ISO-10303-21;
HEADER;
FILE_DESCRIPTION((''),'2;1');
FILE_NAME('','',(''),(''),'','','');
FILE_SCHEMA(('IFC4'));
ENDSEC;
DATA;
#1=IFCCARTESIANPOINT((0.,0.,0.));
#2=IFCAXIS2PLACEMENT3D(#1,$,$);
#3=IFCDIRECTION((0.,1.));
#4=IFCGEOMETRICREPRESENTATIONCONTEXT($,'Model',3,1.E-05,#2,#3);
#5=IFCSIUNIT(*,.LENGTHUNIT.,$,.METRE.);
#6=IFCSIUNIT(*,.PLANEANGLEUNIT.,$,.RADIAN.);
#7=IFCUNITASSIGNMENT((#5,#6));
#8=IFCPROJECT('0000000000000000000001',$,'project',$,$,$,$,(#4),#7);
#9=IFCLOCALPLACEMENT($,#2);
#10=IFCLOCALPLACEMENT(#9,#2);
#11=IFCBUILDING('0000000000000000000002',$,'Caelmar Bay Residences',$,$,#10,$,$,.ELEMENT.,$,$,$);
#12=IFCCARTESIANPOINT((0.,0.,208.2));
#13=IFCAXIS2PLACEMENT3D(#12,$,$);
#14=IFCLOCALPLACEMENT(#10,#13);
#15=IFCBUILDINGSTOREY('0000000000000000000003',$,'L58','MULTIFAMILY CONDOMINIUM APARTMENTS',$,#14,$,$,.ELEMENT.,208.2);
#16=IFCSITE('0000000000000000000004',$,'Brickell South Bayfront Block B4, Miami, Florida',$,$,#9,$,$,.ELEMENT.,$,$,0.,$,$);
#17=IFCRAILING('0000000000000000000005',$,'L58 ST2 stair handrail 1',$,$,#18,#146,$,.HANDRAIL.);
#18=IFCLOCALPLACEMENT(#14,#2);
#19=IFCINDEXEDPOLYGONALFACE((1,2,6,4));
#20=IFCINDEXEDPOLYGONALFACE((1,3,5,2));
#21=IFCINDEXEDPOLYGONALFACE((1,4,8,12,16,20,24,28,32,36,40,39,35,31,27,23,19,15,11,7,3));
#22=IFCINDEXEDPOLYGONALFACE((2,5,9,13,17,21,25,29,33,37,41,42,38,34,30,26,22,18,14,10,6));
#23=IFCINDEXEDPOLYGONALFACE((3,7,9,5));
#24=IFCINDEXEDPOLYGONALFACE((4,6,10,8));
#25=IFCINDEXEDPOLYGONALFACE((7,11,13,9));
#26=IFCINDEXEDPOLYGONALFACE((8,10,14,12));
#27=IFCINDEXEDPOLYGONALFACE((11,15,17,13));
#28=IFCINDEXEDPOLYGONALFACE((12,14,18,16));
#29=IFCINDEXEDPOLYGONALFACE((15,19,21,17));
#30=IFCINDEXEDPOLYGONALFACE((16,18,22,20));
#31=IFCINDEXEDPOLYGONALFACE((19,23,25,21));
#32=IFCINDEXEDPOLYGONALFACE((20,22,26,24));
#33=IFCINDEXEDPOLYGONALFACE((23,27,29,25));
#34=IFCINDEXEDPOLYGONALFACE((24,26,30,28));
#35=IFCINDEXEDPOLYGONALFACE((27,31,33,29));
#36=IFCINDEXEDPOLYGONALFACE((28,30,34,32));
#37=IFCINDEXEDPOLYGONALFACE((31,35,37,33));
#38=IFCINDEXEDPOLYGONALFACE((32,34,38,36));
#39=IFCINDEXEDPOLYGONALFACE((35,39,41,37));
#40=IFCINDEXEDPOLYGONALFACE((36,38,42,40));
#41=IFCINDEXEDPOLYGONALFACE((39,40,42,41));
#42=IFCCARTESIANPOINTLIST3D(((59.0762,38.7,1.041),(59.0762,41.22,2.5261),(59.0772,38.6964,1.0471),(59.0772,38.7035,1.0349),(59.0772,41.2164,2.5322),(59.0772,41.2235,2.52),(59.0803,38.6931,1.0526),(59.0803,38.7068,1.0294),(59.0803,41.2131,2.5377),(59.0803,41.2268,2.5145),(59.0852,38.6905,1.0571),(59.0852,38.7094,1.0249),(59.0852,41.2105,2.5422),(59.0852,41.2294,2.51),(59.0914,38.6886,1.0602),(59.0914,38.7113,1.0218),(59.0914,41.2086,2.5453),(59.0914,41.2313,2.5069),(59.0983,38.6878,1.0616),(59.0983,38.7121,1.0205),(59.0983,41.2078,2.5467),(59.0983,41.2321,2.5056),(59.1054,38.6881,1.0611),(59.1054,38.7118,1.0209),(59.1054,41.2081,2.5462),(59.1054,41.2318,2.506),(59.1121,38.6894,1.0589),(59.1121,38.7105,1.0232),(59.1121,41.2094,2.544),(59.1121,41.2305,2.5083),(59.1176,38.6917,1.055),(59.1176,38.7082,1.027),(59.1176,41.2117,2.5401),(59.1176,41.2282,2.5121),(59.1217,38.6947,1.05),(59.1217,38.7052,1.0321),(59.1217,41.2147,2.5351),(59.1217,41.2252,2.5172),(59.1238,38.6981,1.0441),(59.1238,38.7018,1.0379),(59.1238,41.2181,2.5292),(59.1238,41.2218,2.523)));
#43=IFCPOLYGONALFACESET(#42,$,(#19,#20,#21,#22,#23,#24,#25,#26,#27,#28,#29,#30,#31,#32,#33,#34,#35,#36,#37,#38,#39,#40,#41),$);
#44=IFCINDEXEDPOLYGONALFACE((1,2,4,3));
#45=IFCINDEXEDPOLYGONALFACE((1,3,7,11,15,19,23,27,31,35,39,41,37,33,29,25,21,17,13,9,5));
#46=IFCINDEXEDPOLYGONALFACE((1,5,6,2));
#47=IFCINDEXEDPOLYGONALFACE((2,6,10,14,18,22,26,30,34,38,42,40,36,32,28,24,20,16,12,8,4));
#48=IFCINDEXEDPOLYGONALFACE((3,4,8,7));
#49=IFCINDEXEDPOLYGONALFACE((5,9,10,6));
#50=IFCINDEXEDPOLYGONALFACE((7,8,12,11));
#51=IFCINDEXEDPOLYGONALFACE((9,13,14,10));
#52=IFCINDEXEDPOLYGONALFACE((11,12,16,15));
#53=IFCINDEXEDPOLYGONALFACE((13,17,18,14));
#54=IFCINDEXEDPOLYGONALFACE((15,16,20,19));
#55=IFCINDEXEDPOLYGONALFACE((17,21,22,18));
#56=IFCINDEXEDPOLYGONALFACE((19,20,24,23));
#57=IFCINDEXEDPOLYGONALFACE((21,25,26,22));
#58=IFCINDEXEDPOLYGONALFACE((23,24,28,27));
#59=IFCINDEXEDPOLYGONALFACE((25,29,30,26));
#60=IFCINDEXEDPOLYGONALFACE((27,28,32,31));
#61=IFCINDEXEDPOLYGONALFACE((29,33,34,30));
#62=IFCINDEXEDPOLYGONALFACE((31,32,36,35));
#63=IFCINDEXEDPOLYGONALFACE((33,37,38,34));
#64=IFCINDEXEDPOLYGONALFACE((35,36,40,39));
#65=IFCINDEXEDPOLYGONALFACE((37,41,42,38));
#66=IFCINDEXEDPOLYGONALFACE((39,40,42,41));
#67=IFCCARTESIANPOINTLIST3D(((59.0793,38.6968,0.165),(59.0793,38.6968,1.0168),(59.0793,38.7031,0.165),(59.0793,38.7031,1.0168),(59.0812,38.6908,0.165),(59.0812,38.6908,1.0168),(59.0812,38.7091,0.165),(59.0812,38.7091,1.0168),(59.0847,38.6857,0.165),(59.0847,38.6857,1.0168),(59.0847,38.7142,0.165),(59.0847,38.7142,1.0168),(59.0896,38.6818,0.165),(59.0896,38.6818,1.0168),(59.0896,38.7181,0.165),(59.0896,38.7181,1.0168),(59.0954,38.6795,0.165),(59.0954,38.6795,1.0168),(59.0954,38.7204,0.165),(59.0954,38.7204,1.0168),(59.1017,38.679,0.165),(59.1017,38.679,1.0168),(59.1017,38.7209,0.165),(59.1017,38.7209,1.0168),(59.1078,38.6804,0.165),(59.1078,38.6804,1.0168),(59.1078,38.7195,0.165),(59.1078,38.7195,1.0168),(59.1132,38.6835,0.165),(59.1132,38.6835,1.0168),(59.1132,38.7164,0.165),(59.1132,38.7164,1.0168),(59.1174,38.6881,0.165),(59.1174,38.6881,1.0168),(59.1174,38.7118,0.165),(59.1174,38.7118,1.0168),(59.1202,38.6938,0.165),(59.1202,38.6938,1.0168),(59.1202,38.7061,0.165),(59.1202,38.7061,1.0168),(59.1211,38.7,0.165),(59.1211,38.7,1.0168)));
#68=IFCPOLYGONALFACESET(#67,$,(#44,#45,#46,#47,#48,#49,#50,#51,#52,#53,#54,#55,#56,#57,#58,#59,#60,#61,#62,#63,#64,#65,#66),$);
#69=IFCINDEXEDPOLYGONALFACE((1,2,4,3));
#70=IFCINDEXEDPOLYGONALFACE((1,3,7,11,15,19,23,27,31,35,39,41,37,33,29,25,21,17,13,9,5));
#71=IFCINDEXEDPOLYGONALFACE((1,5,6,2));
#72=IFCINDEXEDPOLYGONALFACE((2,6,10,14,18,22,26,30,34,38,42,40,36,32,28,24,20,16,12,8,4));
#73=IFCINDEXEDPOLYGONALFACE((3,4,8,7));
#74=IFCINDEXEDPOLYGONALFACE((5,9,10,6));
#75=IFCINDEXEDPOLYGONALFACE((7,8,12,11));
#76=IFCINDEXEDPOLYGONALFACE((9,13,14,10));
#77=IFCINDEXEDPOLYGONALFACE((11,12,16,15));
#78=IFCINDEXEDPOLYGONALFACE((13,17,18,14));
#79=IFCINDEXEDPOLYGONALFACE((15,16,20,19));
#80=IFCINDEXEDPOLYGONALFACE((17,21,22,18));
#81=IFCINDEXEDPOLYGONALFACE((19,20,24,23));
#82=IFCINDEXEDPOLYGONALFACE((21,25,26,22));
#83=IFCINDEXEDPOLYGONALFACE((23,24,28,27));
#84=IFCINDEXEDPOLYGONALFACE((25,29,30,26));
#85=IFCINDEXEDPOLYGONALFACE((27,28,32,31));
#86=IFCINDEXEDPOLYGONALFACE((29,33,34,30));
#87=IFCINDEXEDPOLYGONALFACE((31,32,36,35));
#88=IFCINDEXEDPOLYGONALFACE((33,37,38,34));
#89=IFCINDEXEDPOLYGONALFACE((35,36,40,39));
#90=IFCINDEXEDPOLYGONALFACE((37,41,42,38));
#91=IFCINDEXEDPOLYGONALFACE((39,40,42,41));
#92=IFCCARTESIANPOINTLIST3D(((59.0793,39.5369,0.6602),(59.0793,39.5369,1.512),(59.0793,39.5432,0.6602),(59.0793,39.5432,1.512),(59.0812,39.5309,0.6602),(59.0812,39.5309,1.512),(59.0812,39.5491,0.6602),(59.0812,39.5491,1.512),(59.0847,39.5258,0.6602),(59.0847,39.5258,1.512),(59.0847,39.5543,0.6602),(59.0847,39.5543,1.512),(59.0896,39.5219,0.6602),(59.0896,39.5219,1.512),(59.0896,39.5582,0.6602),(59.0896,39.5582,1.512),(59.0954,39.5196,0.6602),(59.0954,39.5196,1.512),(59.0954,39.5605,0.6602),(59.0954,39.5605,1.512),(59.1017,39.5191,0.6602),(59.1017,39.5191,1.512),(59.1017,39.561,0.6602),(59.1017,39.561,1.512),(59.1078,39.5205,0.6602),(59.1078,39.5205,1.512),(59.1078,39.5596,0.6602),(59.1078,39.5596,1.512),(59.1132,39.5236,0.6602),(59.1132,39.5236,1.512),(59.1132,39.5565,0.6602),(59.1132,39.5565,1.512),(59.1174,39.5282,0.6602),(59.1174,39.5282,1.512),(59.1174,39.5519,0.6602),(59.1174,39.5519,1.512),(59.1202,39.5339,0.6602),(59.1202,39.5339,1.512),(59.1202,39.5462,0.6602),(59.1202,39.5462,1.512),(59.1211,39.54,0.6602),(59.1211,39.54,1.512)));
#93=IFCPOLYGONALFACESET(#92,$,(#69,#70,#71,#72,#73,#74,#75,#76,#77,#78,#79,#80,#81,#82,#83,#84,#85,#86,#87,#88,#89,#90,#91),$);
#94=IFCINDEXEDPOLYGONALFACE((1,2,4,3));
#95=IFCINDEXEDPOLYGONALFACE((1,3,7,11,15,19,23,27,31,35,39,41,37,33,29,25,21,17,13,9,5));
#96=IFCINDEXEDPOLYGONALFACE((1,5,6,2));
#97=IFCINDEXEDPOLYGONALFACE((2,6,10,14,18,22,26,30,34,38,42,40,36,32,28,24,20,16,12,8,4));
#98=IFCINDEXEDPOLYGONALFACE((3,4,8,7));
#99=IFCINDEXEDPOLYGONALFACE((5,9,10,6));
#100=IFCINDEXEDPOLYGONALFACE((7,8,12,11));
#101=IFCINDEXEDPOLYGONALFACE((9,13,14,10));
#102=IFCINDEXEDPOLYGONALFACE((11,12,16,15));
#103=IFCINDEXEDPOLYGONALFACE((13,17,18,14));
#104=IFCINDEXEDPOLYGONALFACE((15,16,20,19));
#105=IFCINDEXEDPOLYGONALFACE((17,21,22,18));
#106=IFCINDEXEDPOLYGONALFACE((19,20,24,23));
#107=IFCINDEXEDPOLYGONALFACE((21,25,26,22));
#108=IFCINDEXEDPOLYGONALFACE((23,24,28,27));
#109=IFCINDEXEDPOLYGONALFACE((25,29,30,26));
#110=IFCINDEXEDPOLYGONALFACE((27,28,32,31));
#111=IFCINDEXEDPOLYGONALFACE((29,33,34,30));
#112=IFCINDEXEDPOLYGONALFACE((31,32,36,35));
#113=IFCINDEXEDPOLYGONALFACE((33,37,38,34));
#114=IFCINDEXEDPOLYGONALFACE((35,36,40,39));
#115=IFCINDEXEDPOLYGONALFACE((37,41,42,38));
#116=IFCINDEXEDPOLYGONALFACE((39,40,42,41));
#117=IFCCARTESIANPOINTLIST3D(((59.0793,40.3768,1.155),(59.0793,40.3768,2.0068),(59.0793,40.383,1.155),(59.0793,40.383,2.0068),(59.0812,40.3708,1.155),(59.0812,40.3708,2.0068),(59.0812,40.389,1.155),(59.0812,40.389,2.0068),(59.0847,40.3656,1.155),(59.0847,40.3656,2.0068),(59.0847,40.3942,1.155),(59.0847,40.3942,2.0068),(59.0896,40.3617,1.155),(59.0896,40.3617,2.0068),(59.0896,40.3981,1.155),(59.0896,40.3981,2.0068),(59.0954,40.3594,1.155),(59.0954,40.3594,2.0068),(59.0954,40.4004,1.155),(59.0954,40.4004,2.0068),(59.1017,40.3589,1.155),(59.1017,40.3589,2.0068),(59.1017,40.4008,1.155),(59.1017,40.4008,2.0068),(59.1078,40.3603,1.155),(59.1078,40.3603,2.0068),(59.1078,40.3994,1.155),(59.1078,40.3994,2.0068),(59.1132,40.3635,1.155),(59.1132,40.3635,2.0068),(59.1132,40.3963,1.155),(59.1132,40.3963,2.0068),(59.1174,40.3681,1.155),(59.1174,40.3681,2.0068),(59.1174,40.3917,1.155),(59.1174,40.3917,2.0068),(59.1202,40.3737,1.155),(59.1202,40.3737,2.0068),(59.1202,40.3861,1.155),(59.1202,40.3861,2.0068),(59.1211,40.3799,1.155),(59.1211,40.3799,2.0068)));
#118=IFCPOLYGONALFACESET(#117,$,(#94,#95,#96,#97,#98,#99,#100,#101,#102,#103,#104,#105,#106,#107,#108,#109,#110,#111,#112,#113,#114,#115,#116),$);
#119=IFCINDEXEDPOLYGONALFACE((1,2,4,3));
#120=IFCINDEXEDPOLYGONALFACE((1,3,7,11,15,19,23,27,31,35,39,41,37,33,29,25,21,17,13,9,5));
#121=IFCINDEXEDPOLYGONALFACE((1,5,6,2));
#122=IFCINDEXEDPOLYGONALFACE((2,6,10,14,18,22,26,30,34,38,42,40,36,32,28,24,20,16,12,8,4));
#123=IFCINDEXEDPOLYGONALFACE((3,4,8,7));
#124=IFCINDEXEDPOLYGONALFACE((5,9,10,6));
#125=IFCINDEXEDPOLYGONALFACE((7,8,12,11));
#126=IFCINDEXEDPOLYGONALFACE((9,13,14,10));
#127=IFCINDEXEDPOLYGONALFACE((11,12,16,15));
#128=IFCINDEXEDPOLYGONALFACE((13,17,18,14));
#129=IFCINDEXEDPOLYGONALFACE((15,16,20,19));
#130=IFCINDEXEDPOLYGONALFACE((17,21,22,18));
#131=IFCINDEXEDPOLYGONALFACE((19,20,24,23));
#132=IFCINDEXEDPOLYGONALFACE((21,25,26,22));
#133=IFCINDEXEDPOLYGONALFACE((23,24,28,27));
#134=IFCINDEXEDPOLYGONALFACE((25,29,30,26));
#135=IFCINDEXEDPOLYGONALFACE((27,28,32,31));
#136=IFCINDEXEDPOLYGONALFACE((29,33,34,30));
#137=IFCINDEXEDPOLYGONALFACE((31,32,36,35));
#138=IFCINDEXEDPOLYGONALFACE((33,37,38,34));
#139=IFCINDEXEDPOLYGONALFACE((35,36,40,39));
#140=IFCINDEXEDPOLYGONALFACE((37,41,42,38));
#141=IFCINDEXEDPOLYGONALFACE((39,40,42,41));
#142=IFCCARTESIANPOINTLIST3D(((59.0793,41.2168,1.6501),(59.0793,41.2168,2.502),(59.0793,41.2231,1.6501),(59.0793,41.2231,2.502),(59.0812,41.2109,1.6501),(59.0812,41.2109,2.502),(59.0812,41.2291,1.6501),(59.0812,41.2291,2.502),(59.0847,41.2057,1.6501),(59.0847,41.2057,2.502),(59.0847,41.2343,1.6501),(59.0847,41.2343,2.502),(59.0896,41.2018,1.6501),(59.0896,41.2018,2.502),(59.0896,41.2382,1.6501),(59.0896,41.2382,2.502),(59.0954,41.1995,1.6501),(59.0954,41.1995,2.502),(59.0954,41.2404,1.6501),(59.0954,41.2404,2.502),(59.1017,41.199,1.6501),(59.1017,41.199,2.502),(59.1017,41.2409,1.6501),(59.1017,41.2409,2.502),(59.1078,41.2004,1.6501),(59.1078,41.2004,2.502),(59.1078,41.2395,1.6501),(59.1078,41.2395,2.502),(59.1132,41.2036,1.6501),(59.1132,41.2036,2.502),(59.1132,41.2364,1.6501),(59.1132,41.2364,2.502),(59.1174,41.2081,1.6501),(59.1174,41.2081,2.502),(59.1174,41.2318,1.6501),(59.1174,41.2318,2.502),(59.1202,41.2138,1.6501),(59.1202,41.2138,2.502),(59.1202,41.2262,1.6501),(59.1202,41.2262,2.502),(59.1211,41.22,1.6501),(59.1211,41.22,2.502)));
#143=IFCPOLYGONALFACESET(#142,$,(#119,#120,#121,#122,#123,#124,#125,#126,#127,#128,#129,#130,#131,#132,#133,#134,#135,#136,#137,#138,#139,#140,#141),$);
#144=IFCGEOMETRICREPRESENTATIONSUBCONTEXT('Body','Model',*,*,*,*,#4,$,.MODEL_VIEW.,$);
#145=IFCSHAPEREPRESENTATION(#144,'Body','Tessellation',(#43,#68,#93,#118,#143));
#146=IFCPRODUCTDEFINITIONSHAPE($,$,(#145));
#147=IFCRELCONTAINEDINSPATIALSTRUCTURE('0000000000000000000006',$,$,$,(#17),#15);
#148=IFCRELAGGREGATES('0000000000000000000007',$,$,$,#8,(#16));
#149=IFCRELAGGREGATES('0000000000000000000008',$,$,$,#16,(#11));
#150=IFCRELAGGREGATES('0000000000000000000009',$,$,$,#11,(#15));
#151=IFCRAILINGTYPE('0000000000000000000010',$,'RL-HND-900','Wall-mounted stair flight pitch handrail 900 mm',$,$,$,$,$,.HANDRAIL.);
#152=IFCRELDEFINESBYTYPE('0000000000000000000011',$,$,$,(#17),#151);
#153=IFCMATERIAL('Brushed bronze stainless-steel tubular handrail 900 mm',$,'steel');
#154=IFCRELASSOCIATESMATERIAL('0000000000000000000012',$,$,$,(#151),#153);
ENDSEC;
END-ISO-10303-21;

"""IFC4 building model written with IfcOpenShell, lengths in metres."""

from ifc_helpers import new_model, si_unit, direction, frame, origin, origin_2d, place, context, subcontext, project, spatial, circle, extrude, material, type_object, element, save


model = new_model("IFC4")

# Units and contexts
model_context = context("Model", 3, precision=1e-05, world=origin(), true_north=direction((0.0, 1.0)))
body_context = subcontext(model_context, "Body", "Model", "MODEL_VIEW")
ifc_project = project(units=[si_unit("LENGTHUNIT", "METRE"), si_unit("PLANEANGLEUNIT", "RADIAN")], contexts=[model_context])

# Site, building, storey
site_placement = place(None, origin())
site = spatial("IfcSite", under=ifc_project, at=site_placement, Name="Brickell South Bayfront Block B4, Miami, Florida", CompositionType="ELEMENT", RefElevation=0.0)
building_placement = place(site_placement, origin())
building = spatial("IfcBuilding", under=site, at=building_placement, Name="Caelmar Bay Residences", CompositionType="ELEMENT")
storey_placement = place(building_placement, frame((0.0, 0.0, 208.2)))
storey = spatial("IfcBuildingStorey", under=building, at=storey_placement, Name="L58", Description="MULTIFAMILY CONDOMINIUM APARTMENTS", CompositionType="ELEMENT", Elevation=208.2)

# Railing
ifc_material_1 = material(Name="Brushed bronze stainless-steel tubular handrail 900 mm", Category="steel")
railing_type_1 = type_object("IfcRailingType", Name="RL-HND-900", Description="Wall-mounted stair flight pitch handrail 900 mm", PredefinedType="HANDRAIL", material=ifc_material_1)
railing_1_placement = place(storey_placement, frame((59.1001, 38.7, 0.165)))
element("IfcRailing", 1, at=railing_1_placement, inside=storey, type_object=railing_type_1, Name="L58 ST2 stair handrail 1", PredefinedType="HANDRAIL", context=body_context, shape_type="SweptSolid", body=[
    extrude(circle(Radius=0.0239, at=origin_2d()), frame((0.0, 0.0, 0.876), z_axis=(0.0, 0.861524, 0.507717), x_axis=(-1.0, 0.0, 0.0)), (0.0, 0.0, 1.0), 2.925),
    extrude(circle(Radius=0.021, at=origin_2d()), origin(), (0.0, 0.0, 1.0), 0.8518),
    extrude(circle(Radius=0.021, at=origin_2d()), frame((0.0, 0.8401, 0.4951)), (0.0, 0.0, 1.0), 0.8518),
    extrude(circle(Radius=0.021, at=origin_2d()), frame((0.0, 1.6799, 0.99)), (0.0, 0.0, 1.0), 0.8518),
    extrude(circle(Radius=0.021, at=origin_2d()), frame((0.0, 2.52, 1.4851)), (0.0, 0.0, 1.0), 0.8518),
])

save(model, "model.ifc")
